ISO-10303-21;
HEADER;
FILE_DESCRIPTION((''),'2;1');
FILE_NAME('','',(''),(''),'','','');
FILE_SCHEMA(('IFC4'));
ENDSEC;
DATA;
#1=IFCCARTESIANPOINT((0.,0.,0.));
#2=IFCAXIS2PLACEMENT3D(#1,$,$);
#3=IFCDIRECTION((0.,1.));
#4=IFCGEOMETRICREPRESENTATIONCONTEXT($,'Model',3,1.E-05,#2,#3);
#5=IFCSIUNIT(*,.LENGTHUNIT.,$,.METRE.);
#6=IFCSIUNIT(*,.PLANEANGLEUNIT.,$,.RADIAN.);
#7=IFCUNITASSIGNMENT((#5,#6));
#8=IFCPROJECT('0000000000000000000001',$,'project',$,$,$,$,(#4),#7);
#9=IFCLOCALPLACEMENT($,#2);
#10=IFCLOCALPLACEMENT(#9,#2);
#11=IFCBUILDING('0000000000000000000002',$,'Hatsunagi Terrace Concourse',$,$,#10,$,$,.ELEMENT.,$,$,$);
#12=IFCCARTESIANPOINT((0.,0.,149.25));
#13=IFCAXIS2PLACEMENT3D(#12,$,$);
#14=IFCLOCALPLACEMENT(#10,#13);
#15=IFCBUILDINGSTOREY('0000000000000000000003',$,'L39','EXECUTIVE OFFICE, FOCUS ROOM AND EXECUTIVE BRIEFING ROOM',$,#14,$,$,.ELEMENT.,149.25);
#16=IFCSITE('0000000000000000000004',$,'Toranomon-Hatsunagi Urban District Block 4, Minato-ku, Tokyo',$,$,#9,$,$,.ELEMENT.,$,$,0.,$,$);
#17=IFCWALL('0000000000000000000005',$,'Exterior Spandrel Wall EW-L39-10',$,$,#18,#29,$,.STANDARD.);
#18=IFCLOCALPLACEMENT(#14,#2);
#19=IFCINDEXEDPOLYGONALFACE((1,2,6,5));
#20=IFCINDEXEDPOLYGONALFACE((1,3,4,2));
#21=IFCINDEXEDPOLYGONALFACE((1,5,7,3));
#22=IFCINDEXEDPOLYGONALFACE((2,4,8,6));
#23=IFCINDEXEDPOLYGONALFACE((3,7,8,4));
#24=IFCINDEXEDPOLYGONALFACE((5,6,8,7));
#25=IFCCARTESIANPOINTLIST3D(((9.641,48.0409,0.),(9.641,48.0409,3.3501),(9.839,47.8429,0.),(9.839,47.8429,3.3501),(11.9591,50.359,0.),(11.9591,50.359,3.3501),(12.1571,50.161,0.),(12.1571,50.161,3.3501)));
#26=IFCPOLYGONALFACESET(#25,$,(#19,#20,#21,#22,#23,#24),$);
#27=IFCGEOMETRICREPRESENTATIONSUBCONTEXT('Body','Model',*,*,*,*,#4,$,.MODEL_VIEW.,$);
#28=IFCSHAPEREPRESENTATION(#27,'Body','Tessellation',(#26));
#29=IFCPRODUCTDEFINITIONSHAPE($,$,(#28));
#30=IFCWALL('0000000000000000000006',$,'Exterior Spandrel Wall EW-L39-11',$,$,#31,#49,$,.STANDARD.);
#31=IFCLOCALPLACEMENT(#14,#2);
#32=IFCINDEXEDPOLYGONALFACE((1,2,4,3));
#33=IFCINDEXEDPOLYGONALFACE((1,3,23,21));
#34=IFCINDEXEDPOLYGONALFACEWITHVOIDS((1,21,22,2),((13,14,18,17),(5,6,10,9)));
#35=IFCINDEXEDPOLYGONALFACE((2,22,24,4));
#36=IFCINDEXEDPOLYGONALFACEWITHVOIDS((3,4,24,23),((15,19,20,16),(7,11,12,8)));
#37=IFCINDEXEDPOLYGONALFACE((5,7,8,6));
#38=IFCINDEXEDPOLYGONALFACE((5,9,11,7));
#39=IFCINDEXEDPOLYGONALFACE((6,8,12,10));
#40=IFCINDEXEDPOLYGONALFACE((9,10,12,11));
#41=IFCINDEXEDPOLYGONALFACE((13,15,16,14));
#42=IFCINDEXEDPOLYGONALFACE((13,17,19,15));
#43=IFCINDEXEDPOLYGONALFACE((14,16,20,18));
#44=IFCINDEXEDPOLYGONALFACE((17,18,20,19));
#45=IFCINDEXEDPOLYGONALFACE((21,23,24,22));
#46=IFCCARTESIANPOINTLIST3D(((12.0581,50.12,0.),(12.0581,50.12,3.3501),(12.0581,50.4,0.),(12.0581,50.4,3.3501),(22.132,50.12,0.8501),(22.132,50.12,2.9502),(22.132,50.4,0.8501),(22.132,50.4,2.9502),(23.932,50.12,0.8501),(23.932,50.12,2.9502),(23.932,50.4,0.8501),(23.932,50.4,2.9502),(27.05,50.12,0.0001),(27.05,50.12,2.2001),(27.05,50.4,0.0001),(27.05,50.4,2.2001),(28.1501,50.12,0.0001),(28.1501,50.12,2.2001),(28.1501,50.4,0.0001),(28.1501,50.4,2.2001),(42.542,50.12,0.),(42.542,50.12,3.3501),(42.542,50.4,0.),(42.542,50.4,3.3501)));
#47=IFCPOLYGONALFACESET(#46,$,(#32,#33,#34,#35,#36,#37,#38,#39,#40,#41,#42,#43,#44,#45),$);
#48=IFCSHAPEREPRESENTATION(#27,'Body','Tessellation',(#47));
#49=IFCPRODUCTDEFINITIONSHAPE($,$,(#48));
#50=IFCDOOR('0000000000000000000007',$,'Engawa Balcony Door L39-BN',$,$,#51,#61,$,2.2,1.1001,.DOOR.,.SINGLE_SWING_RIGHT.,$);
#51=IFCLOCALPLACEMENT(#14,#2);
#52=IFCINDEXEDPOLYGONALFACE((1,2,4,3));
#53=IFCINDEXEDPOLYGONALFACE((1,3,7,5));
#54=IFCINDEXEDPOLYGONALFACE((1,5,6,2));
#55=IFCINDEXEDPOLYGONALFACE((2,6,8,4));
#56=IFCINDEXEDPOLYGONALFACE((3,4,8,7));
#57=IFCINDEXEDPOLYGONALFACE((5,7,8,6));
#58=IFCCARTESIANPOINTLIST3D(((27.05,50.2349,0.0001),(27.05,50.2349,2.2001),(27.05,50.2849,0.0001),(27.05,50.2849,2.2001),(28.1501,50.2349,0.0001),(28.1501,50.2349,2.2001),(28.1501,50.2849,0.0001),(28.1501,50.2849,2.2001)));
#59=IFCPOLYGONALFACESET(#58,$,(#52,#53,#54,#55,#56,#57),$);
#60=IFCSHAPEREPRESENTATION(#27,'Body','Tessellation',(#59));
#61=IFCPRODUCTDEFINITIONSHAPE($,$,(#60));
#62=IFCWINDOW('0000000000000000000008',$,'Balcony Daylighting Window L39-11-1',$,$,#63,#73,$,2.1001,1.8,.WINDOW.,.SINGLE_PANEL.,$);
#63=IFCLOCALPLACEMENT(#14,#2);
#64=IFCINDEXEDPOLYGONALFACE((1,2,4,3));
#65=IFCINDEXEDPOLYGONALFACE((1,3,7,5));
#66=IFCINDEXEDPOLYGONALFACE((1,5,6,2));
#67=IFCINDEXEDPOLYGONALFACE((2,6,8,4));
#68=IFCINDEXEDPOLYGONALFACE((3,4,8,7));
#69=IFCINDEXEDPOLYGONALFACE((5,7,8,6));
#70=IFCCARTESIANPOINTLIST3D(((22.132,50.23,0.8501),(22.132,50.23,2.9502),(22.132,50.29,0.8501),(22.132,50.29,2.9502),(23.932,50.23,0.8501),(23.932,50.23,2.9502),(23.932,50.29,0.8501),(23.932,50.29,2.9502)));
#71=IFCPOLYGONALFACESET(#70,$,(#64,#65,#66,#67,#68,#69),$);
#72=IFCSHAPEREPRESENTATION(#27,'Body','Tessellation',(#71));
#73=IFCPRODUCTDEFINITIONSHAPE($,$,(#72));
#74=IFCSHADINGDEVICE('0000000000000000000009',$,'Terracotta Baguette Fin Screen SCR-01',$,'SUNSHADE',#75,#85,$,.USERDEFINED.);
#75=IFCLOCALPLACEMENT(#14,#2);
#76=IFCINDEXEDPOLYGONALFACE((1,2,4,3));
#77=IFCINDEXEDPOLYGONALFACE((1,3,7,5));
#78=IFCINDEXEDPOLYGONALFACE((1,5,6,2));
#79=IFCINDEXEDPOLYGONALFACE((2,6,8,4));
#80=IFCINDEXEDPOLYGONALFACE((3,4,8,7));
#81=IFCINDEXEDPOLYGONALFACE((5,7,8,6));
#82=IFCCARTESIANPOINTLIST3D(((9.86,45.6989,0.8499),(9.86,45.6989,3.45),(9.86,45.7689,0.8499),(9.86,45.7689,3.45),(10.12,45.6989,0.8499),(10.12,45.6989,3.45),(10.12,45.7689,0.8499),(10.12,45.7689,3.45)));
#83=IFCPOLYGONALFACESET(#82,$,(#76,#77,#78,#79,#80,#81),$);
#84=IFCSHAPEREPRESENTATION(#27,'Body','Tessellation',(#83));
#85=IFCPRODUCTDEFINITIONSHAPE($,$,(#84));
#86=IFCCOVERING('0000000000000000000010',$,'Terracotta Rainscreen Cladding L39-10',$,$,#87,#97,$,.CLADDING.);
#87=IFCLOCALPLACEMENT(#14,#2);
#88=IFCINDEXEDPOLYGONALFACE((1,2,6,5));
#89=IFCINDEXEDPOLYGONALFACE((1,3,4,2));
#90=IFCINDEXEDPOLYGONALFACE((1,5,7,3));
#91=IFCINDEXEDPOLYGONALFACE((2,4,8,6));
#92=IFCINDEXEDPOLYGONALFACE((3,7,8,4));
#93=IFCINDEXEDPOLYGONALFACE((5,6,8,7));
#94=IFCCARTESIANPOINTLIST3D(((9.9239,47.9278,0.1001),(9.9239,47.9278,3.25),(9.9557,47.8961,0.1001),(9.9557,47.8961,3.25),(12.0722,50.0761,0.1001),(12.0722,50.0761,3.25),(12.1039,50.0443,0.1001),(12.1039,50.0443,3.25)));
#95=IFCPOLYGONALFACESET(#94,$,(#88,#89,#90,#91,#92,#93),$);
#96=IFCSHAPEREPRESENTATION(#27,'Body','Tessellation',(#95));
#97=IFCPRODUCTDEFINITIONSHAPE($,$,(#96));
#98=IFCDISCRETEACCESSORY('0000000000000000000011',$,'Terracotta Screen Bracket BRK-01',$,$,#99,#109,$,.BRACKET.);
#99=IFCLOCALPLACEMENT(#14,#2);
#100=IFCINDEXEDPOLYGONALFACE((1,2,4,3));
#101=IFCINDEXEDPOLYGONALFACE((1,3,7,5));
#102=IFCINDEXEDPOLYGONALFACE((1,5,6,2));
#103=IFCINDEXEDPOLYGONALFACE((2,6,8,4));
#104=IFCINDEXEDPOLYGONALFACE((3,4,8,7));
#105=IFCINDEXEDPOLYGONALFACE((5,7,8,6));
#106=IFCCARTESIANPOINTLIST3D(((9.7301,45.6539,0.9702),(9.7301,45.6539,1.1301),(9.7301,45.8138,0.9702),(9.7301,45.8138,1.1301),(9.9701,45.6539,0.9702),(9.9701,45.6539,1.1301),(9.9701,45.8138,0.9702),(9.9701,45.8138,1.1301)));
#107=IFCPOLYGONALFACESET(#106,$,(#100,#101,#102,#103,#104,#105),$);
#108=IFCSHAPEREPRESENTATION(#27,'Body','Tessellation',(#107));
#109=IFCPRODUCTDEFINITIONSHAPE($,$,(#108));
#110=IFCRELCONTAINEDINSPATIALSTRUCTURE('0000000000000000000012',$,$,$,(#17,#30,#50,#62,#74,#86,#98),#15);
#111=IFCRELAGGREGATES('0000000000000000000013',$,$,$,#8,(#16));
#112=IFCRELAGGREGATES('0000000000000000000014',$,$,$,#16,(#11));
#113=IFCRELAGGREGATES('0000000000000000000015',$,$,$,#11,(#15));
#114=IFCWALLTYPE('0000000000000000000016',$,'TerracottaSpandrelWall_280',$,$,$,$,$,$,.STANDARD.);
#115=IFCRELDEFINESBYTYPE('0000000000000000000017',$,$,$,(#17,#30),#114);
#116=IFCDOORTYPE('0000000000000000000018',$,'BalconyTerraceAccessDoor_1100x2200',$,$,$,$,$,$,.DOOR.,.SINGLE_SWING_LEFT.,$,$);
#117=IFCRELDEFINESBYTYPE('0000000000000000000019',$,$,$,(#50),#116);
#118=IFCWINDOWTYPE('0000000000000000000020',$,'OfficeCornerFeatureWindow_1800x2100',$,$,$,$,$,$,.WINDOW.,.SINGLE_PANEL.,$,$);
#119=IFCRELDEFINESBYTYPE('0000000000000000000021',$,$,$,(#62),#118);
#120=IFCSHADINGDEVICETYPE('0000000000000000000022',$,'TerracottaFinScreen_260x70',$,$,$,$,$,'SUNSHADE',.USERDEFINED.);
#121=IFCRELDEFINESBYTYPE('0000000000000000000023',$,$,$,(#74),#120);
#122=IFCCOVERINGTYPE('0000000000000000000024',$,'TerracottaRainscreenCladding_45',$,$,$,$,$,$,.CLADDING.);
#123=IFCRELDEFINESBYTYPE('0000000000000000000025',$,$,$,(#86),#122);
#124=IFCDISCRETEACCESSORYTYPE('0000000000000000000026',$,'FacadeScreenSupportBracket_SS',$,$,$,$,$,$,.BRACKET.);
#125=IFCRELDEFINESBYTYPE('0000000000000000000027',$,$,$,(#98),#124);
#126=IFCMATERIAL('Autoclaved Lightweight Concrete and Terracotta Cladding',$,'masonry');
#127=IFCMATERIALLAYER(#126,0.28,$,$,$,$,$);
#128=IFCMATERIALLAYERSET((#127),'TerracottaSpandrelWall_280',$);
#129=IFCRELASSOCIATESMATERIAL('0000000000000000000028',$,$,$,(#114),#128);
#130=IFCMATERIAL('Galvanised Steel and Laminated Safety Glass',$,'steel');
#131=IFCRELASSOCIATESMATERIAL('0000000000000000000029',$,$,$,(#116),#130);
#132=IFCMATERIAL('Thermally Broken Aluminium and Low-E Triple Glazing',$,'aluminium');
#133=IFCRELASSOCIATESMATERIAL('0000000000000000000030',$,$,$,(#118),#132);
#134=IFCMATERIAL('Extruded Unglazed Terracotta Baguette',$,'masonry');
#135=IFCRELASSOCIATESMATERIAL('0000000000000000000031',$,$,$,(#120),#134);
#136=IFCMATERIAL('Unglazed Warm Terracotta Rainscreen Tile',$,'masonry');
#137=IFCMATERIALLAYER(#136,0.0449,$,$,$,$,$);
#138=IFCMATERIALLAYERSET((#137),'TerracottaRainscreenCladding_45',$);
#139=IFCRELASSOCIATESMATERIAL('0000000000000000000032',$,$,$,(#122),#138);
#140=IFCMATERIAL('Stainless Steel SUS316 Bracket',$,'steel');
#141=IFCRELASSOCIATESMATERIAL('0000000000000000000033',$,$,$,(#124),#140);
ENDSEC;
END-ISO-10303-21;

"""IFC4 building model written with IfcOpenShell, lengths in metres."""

from ifc_helpers import new_model, si_unit, direction, frame, frame_2d, origin, origin_2d, place, context, subcontext, project, spatial, rectangle, extrude, material, layer, layer_set, type_object, element, fill, save


model = new_model("IFC4")

# Units and contexts
model_context = context("Model", 3, precision=1e-05, world=origin(), true_north=direction((0.0, 1.0)))
body_context = subcontext(model_context, "Body", "Model", "MODEL_VIEW")
ifc_project = project(units=[si_unit("LENGTHUNIT", "METRE"), si_unit("PLANEANGLEUNIT", "RADIAN")], contexts=[model_context])

# Site, building, storey
site_placement = place(None, origin())
site = spatial("IfcSite", under=ifc_project, at=site_placement, Name="Toranomon-Hatsunagi Urban District Block 4, Minato-ku, Tokyo", CompositionType="ELEMENT", RefElevation=0.0)
building_placement = place(site_placement, origin())
building = spatial("IfcBuilding", under=site, at=building_placement, Name="Hatsunagi Terrace Concourse", CompositionType="ELEMENT")
storey_placement = place(building_placement, frame((0.0, 0.0, 149.25)))
storey = spatial("IfcBuildingStorey", under=building, at=storey_placement, Name="L39", Description="EXECUTIVE OFFICE, FOCUS ROOM AND EXECUTIVE BRIEFING ROOM", CompositionType="ELEMENT", Elevation=149.25)

# Wall
ifc_material_1 = material(Name="Autoclaved Lightweight Concrete and Terracotta Cladding", Category="masonry")
ifc_layer_1 = layer(ifc_material_1, 0.28)
ifc_layer_set_1 = layer_set([ifc_layer_1], Name="TerracottaSpandrelWall_280")
wall_type_1 = type_object("IfcWallType", Name="TerracottaSpandrelWall_280", PredefinedType="STANDARD", material=ifc_layer_set_1)
wall_1_placement = place(storey_placement, frame((9.74, 47.9419, 0.0), z_axis=(0.0, 0.0, 1.0), x_axis=(0.707107, 0.707107, 0.0)))
element("IfcWall", 1, at=wall_1_placement, inside=storey, type_object=wall_type_1, Name="Exterior Spandrel Wall EW-L39-10", PredefinedType="STANDARD", context=body_context, shape_type="SweptSolid", body=[
    extrude(rectangle(XDim=3.2783, YDim=0.28, at=frame_2d((1.6392, 0.0))), origin(), (0.0, 0.0, 1.0), 3.3501),
])

# Wall, openings, door, window
wall_2_placement = place(storey_placement, frame((12.0581, 50.26, 0.0), z_axis=(0.0, 0.0, 1.0), x_axis=(1.0, 0.0, 0.0)))
wall_2 = element("IfcWall", 2, at=wall_2_placement, inside=storey, type_object=wall_type_1, Name="Exterior Spandrel Wall EW-L39-11", PredefinedType="STANDARD", context=body_context, shape_type="SweptSolid", body=[
    extrude(rectangle(XDim=30.4839, YDim=0.28, at=frame_2d((15.2419, 0.0))), origin(), (0.0, 0.0, 1.0), 3.3501),
])
opening_1_placement = place(wall_2_placement, frame((14.9919, 0.0, 0.0)))
opening_1 = element("IfcOpeningElement", 3, at=opening_1_placement, cuts=wall_2, PredefinedType="OPENING", context=body_context, shape_type="SweptSolid", body=[
    extrude(rectangle(XDim=1.1001, YDim=2.2, at=frame_2d((0.55, 1.1001))), frame((0.0, 0.1499, 0.0), z_axis=(0.0, -1.0, 0.0), x_axis=(1.0, 0.0, 0.0)), (0.0, 0.0, 1.0), 0.3),
])
opening_2_placement = place(wall_2_placement, frame((10.074, 0.0, 0.8501)))
opening_2 = element("IfcOpeningElement", 4, at=opening_2_placement, cuts=wall_2, PredefinedType="OPENING", context=body_context, shape_type="SweptSolid", body=[
    extrude(rectangle(XDim=1.8, YDim=2.1001, at=frame_2d((0.8999, 1.05))), frame((0.0, 0.1499, 0.0), z_axis=(0.0, -1.0, 0.0), x_axis=(1.0, 0.0, 0.0)), (0.0, 0.0, 1.0), 0.3),
])
ifc_material_2 = material(Name="Galvanised Steel and Laminated Safety Glass", Category="steel")
door_type = type_object("IfcDoorType", Name="BalconyTerraceAccessDoor_1100x2200", OperationType="SINGLE_SWING_LEFT", PredefinedType="DOOR", material=ifc_material_2)
door_placement = place(opening_1_placement, origin())
door = element("IfcDoor", 5, at=door_placement, inside=storey, type_object=door_type, Name="Engawa Balcony Door L39-BN", OperationType="SINGLE_SWING_RIGHT", OverallHeight=2.2, OverallWidth=1.1001, PredefinedType="DOOR", context=body_context, shape_type="SweptSolid", body=[
    extrude(rectangle(XDim=1.1001, YDim=2.2, at=frame_2d((0.55, 1.1001))), frame((0.0, 0.0249, 0.0), z_axis=(0.0, -1.0, 0.0), x_axis=(1.0, 0.0, 0.0)), (0.0, 0.0, 1.0), 0.05),
])
fill(opening_1, door)
ifc_material_3 = material(Name="Thermally Broken Aluminium and Low-E Triple Glazing", Category="aluminium")
window_type = type_object("IfcWindowType", Name="OfficeCornerFeatureWindow_1800x2100", PartitioningType="SINGLE_PANEL", PredefinedType="WINDOW", material=ifc_material_3)
window_placement = place(opening_2_placement, origin())
window = element("IfcWindow", 6, at=window_placement, inside=storey, type_object=window_type, Name="Balcony Daylighting Window L39-11-1", OverallHeight=2.1001, OverallWidth=1.8, PartitioningType="SINGLE_PANEL", PredefinedType="WINDOW", context=body_context, shape_type="SweptSolid", body=[
    extrude(rectangle(XDim=1.8, YDim=2.1001, at=frame_2d((0.8999, 1.05))), frame((0.0, 0.03, 0.0), z_axis=(0.0, -1.0, 0.0), x_axis=(1.0, 0.0, 0.0)), (0.0, 0.0, 1.0), 0.0601),
])
fill(opening_2, window)

# Shading device
ifc_material_4 = material(Name="Extruded Unglazed Terracotta Baguette", Category="masonry")
shading_device_type = type_object("IfcShadingDeviceType", Name="TerracottaFinScreen_260x70", ElementType="SUNSHADE", PredefinedType="USERDEFINED", material=ifc_material_4)
shading_device_placement = place(storey_placement, frame((9.99, 45.7339, 0.8499), z_axis=(0.0, 0.0, 1.0), x_axis=(0.0, 1.0, 0.0)))
element("IfcShadingDevice", 7, at=shading_device_placement, inside=storey, type_object=shading_device_type, Name="Terracotta Baguette Fin Screen SCR-01", ObjectType="SUNSHADE", PredefinedType="USERDEFINED", context=body_context, shape_type="SweptSolid", body=[
    extrude(rectangle(XDim=0.0701, YDim=0.26, at=origin_2d()), origin(), (0.0, 0.0, 1.0), 2.6001),
])

# Covering
ifc_material_5 = material(Name="Unglazed Warm Terracotta Rainscreen Tile", Category="masonry")
ifc_layer_2 = layer(ifc_material_5, 0.0449)
ifc_layer_set_2 = layer_set([ifc_layer_2], Name="TerracottaRainscreenCladding_45")
covering_type = type_object("IfcCoveringType", Name="TerracottaRainscreenCladding_45", PredefinedType="CLADDING", material=ifc_layer_set_2)
covering_placement = place(storey_placement, frame((11.0139, 48.9861, 0.1001), z_axis=(0.0, 0.0, 1.0), x_axis=(0.707107, 0.707107, 0.0)))
element("IfcCovering", 8, at=covering_placement, inside=storey, type_object=covering_type, Name="Terracotta Rainscreen Cladding L39-10", PredefinedType="CLADDING", context=body_context, shape_type="SweptSolid", body=[
    extrude(rectangle(XDim=3.0381, YDim=0.0449, at=origin_2d()), origin(), (0.0, 0.0, 1.0), 3.1499),
])

# Discrete accessory
ifc_material_6 = material(Name="Stainless Steel SUS316 Bracket", Category="steel")
discrete_accessory_type = type_object("IfcDiscreteAccessoryType", Name="FacadeScreenSupportBracket_SS", PredefinedType="BRACKET", material=ifc_material_6)
discrete_accessory_placement = place(storey_placement, frame((9.8501, 45.7339, 0.9702), z_axis=(0.0, 0.0, 1.0), x_axis=(0.0, 1.0, 0.0)))
element("IfcDiscreteAccessory", 9, at=discrete_accessory_placement, inside=storey, type_object=discrete_accessory_type, Name="Terracotta Screen Bracket BRK-01", PredefinedType="BRACKET", context=body_context, shape_type="SweptSolid", body=[
    extrude(rectangle(XDim=0.1599, YDim=0.24, at=origin_2d()), origin(), (0.0, 0.0, 1.0), 0.1599),
])

save(model, "model.ifc")
